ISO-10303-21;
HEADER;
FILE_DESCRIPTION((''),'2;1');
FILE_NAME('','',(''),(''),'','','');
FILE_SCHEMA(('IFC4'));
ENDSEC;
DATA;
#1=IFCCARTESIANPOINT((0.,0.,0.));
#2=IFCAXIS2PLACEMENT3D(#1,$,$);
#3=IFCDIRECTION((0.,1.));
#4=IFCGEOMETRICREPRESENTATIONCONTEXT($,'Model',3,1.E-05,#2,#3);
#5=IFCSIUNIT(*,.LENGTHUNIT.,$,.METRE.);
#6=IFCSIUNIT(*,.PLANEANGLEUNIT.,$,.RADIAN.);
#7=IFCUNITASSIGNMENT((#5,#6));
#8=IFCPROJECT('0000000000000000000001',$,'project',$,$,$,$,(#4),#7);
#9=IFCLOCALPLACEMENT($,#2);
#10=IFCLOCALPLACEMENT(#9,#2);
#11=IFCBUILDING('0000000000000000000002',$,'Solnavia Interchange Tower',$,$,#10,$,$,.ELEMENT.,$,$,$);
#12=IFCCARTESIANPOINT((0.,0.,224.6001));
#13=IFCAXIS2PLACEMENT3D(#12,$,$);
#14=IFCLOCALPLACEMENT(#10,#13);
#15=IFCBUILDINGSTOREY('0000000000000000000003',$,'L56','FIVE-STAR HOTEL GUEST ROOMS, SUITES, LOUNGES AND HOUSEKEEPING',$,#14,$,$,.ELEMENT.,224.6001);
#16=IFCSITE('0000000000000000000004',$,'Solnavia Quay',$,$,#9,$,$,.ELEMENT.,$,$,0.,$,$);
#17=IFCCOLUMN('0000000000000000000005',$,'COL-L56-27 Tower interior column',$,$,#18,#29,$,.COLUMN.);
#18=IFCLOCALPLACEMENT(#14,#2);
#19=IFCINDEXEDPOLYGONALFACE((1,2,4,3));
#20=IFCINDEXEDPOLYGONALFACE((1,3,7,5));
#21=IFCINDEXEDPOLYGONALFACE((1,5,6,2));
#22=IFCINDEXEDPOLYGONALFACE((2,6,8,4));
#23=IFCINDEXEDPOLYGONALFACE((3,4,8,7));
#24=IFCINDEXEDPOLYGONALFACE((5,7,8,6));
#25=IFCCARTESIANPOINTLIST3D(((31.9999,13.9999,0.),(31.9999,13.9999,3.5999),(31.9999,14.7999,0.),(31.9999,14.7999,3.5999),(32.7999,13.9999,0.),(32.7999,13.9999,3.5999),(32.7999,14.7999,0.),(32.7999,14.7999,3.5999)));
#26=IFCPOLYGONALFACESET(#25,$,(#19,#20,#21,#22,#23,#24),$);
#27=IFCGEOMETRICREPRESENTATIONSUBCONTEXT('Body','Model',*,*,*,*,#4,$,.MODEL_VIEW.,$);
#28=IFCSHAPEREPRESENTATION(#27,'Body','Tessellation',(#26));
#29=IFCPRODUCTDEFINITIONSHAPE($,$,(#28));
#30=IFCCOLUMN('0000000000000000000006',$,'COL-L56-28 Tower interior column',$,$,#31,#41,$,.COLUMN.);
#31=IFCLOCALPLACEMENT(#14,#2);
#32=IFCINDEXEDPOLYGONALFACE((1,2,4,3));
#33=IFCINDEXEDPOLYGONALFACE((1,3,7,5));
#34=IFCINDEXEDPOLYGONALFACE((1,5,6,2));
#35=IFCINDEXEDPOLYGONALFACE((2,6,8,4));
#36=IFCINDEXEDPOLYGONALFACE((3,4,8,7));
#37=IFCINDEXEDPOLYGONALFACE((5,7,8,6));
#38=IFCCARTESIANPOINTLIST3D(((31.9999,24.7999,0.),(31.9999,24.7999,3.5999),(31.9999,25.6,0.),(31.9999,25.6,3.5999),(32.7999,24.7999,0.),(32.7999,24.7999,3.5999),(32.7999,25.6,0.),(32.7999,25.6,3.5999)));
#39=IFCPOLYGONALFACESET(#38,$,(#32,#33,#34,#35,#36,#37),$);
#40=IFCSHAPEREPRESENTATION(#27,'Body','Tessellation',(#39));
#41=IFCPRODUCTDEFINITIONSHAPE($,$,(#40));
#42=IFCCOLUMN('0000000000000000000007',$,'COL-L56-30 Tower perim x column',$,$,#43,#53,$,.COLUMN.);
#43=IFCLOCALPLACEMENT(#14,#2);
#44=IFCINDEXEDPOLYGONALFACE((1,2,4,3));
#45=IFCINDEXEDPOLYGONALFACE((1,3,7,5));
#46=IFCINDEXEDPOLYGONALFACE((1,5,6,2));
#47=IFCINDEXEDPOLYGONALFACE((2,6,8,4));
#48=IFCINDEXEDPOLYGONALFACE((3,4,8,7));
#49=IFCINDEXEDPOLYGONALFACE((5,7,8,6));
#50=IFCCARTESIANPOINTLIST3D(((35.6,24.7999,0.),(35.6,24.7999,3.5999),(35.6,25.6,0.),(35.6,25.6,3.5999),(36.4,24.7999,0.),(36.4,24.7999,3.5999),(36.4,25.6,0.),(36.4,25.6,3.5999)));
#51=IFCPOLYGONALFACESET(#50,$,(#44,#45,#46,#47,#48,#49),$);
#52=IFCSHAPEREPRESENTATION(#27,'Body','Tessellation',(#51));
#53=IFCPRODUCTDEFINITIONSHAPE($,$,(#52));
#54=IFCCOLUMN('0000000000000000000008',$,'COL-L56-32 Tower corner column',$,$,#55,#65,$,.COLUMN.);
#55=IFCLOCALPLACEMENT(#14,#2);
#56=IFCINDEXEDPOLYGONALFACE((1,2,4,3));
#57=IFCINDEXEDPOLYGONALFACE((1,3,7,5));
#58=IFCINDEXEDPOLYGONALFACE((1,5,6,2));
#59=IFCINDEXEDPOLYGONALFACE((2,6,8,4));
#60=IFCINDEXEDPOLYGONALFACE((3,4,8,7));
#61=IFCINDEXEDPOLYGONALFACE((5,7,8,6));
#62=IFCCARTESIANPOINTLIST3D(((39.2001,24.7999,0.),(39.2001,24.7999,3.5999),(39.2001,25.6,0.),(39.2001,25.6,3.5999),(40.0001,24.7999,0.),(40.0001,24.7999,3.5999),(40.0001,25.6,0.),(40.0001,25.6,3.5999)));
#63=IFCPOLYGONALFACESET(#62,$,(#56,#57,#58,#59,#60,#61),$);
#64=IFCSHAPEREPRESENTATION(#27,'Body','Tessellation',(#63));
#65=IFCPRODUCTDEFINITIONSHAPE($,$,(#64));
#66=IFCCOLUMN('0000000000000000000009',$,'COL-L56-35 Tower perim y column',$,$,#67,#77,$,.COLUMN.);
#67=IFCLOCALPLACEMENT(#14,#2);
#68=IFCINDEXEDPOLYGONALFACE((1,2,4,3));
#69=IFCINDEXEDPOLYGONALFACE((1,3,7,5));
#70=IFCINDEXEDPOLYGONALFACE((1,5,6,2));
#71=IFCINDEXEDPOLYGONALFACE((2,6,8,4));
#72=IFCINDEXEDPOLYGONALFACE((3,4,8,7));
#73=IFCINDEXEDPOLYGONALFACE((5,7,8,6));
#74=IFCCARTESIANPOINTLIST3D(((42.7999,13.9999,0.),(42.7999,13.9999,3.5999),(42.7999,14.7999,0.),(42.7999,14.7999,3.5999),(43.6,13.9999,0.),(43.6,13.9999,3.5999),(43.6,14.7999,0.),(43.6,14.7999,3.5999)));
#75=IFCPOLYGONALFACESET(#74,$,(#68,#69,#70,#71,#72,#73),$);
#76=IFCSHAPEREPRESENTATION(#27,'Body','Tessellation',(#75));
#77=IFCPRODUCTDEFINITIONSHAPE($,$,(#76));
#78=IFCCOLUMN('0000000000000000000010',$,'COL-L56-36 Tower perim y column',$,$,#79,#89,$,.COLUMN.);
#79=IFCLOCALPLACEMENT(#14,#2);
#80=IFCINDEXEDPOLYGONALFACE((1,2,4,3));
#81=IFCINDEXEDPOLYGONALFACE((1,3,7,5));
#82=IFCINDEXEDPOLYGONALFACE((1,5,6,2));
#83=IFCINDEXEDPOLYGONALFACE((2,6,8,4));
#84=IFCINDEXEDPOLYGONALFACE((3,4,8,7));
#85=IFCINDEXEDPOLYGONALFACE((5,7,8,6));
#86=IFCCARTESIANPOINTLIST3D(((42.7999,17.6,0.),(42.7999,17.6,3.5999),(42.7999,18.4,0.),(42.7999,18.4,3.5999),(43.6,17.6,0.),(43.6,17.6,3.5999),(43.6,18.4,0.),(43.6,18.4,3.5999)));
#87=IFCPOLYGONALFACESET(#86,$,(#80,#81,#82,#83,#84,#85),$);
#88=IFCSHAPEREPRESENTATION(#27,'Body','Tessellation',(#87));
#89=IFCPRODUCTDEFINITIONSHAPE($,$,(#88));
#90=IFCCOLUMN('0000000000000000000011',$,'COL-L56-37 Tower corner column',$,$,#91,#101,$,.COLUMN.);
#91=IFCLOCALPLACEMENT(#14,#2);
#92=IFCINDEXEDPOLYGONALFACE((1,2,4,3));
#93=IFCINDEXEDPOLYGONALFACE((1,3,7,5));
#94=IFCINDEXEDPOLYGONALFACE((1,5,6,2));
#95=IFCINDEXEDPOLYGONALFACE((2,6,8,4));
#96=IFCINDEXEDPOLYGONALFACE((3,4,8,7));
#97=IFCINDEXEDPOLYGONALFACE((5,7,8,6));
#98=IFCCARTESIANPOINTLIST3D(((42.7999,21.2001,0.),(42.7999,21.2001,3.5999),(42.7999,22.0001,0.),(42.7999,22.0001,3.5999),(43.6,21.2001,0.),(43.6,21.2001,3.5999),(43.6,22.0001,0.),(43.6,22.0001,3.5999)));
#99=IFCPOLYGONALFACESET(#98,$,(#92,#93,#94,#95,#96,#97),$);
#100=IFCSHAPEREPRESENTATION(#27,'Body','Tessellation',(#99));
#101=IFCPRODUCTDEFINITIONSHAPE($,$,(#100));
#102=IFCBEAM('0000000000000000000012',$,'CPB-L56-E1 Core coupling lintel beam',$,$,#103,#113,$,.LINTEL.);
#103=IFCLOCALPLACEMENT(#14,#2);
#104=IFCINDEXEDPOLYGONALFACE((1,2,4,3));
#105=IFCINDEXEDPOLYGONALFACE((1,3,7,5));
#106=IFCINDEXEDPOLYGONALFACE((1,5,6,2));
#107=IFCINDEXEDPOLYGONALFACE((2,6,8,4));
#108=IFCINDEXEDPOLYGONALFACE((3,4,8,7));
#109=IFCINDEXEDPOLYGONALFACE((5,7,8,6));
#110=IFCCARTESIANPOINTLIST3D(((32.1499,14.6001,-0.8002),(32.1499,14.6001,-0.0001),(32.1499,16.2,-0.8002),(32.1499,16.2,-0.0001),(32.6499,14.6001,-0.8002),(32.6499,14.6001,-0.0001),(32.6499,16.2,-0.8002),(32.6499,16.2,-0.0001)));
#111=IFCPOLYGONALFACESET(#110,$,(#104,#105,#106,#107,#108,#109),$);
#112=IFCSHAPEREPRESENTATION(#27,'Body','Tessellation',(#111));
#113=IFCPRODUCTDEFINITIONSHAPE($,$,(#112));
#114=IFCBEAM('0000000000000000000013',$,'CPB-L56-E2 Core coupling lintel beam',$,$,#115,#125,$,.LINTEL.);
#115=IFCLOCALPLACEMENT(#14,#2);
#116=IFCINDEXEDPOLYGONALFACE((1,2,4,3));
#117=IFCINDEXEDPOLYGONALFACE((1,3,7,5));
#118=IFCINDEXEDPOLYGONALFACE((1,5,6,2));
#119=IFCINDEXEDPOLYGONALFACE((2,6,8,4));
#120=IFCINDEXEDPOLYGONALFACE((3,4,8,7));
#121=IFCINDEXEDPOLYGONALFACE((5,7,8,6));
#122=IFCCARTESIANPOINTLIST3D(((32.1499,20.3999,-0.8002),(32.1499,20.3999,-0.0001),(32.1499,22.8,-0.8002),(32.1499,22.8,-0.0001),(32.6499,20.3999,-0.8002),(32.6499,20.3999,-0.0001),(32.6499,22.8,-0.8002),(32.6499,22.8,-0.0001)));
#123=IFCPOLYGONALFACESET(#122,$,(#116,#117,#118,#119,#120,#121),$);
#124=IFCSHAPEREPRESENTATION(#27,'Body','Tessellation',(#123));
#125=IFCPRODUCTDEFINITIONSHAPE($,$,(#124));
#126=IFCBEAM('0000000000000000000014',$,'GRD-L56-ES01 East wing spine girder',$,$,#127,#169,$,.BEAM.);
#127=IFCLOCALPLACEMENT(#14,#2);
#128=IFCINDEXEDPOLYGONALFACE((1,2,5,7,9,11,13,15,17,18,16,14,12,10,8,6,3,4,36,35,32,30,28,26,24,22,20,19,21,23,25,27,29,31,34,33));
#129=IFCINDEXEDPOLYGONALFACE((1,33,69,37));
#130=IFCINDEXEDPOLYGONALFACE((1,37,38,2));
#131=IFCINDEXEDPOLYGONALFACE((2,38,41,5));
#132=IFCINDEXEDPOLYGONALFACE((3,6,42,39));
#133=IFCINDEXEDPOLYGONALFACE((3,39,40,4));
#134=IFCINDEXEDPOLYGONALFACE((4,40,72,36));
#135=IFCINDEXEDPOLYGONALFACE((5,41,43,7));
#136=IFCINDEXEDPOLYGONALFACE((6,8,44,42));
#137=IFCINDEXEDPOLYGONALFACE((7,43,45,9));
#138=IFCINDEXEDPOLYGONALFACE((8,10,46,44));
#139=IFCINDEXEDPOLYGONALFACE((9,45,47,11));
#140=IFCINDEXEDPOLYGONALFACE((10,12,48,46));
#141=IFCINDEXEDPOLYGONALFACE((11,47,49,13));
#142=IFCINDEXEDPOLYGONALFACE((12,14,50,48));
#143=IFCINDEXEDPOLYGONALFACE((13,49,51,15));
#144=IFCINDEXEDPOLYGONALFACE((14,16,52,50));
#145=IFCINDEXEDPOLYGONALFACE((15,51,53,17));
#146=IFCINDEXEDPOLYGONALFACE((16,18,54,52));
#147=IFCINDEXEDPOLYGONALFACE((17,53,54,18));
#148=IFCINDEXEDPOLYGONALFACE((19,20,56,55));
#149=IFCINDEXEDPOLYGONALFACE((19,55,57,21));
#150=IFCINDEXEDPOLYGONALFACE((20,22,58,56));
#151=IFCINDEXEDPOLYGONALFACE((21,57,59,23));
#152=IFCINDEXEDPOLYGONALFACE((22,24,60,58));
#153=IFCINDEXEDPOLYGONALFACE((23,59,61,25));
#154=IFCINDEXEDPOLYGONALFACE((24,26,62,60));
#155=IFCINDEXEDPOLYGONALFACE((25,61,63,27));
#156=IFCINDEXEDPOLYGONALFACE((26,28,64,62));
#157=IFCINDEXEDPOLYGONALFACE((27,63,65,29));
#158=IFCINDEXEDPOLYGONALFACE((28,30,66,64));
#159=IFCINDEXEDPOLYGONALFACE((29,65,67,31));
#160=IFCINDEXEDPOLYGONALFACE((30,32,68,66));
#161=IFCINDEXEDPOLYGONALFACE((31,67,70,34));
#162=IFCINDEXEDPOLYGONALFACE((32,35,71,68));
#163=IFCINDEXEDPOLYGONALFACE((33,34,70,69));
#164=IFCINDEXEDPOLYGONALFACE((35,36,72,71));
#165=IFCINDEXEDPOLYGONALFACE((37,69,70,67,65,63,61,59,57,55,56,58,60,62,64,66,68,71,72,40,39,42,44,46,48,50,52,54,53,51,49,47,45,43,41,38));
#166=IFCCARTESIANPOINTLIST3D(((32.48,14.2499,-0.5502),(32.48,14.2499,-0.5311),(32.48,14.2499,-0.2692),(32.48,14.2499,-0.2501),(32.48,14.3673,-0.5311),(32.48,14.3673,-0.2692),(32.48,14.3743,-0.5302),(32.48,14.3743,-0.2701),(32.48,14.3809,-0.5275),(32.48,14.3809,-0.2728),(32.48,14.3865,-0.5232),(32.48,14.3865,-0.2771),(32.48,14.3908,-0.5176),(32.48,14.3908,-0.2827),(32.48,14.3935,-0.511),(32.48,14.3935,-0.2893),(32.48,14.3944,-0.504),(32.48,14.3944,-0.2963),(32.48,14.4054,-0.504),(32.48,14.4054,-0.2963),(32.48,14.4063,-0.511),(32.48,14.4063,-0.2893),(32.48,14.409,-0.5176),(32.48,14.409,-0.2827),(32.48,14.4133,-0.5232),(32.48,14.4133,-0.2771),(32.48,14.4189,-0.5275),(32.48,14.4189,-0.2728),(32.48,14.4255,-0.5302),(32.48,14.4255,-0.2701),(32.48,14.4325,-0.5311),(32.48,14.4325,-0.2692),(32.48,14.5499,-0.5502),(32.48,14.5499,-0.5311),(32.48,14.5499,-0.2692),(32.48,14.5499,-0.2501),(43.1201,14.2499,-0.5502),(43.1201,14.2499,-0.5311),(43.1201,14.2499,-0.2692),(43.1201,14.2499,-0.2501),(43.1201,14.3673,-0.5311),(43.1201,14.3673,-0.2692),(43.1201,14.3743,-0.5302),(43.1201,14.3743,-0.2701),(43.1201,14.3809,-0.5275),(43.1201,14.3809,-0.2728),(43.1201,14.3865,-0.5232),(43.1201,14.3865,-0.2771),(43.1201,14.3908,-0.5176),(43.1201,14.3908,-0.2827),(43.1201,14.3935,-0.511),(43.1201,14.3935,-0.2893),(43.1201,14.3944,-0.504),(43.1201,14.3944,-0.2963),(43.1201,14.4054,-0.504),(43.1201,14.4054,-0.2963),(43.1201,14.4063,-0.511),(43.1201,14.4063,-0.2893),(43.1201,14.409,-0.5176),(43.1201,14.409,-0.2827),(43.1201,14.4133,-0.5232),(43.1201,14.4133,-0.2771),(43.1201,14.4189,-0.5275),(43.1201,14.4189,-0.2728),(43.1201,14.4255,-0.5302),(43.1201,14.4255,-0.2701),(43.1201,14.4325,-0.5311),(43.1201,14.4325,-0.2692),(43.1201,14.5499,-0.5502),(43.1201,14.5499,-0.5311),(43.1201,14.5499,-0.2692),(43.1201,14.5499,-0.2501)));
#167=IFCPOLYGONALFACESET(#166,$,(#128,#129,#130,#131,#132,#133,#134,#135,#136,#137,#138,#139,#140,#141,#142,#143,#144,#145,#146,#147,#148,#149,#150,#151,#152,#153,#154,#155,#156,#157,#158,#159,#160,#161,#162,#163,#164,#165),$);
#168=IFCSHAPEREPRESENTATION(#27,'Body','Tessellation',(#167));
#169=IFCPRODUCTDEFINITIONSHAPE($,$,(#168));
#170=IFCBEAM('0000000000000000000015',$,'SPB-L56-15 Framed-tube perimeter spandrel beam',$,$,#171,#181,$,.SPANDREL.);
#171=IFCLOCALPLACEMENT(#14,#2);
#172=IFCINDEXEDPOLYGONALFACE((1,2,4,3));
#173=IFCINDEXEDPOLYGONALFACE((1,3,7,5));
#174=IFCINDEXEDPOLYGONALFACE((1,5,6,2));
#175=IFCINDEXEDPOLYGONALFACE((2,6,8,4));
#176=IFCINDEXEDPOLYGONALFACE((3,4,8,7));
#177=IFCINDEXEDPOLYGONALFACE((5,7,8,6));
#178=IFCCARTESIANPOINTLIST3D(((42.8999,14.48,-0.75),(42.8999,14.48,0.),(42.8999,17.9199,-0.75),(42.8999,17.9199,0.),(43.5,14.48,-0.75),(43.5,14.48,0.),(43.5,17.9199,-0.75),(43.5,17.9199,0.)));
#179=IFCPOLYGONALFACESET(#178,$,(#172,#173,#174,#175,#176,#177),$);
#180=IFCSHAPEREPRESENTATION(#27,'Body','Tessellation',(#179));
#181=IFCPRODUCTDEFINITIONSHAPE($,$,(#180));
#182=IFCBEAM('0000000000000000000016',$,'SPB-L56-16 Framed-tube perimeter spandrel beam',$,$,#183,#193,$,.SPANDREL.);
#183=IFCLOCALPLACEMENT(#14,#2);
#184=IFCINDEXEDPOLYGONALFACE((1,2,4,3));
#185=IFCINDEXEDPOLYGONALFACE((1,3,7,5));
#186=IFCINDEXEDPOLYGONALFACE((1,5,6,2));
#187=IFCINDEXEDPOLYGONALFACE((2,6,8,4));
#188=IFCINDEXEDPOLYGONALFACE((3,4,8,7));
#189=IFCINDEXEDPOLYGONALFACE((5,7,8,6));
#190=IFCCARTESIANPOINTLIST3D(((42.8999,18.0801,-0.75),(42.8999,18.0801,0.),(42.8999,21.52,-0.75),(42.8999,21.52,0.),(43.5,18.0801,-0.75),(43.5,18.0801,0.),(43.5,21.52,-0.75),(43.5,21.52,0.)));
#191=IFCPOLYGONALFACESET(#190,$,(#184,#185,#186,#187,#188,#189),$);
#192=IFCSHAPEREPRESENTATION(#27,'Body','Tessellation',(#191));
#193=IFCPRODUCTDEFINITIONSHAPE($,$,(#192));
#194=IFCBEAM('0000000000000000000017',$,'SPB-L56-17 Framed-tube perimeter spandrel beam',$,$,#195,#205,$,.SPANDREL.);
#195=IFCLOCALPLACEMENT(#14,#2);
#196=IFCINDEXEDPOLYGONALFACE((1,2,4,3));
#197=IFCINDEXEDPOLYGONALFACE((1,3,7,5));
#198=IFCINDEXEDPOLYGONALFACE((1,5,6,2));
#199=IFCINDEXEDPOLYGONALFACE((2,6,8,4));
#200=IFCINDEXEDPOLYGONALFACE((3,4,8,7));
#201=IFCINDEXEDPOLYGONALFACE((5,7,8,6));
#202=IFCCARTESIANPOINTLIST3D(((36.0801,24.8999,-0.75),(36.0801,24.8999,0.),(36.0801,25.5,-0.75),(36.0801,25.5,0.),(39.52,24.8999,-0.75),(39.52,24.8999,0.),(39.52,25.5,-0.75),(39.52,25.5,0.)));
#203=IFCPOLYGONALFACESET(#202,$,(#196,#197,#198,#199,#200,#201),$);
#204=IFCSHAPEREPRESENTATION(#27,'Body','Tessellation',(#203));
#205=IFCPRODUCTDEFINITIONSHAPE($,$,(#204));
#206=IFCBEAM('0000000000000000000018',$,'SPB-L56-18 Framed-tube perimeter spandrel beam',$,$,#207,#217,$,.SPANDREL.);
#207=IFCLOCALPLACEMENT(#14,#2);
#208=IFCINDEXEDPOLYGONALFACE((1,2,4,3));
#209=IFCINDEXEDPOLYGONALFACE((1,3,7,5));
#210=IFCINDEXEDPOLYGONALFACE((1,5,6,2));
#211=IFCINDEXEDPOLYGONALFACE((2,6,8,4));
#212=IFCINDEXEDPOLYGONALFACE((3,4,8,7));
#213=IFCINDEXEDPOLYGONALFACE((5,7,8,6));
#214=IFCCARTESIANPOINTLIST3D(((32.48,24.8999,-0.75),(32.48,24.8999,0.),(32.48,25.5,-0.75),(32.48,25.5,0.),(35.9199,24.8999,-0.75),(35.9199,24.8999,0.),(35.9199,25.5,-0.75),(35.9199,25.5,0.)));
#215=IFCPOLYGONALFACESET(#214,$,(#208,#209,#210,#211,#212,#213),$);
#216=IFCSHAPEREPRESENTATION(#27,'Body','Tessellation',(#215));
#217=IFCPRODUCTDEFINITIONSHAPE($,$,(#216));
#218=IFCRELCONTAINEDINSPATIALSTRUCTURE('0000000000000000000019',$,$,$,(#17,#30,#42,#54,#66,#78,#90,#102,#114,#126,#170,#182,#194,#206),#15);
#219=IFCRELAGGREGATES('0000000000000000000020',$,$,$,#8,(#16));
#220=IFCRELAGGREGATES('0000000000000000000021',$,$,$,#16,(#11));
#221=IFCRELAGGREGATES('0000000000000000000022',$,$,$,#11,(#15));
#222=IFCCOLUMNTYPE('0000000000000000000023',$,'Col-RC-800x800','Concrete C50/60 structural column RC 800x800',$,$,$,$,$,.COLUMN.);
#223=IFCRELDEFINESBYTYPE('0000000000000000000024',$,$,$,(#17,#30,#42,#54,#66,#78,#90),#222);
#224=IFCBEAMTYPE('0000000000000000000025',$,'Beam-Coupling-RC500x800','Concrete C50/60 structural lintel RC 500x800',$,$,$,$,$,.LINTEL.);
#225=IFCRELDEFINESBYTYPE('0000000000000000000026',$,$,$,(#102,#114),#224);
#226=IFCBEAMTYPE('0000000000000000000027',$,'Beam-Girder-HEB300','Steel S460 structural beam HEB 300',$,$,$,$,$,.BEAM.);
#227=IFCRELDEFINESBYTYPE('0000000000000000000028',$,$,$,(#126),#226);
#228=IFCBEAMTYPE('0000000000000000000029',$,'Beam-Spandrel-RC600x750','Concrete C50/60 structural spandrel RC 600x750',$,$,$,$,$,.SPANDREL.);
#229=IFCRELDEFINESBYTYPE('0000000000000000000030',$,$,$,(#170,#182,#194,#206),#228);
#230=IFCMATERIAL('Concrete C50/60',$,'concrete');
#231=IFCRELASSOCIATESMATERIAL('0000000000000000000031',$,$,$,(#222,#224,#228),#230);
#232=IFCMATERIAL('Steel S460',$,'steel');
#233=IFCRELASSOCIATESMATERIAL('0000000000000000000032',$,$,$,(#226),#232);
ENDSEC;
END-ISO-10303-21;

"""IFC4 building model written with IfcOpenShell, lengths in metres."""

from ifc_helpers import new_model, si_unit, direction, frame, origin, origin_2d, place, context, subcontext, project, spatial, rectangle, i_section, extrude, material, material_profile, profile_set, type_object, element, save


model = new_model("IFC4")

# Units and contexts
model_context = context("Model", 3, precision=1e-05, world=origin(), true_north=direction((0.0, 1.0)))
body_context = subcontext(model_context, "Body", "Model", "MODEL_VIEW")
ifc_project = project(units=[si_unit("LENGTHUNIT", "METRE"), si_unit("PLANEANGLEUNIT", "RADIAN")], contexts=[model_context])

# Site, building, storey
site_placement = place(None, origin())
site = spatial("IfcSite", under=ifc_project, at=site_placement, Name="Solnavia Quay", CompositionType="ELEMENT", RefElevation=0.0)
building_placement = place(site_placement, origin())
building = spatial("IfcBuilding", under=site, at=building_placement, Name="Solnavia Interchange Tower", CompositionType="ELEMENT")
storey_placement = place(building_placement, frame((0.0, 0.0, 224.6001)))
storey = spatial("IfcBuildingStorey", under=building, at=storey_placement, Name="L56", Description="FIVE-STAR HOTEL GUEST ROOMS, SUITES, LOUNGES AND HOUSEKEEPING", CompositionType="ELEMENT", Elevation=224.6001)

# Columns
ifc_material_1 = material(Name="Concrete C50/60", Category="concrete")
ifc_material_profile_1 = material_profile(ifc_material_1, rectangle(XDim=0.8, YDim=0.8, at=origin_2d()), Name="RC 800x800")
ifc_profile_set_1 = profile_set([ifc_material_profile_1], Name="Concrete C50/60")
column_type = type_object("IfcColumnType", Name="Col-RC-800x800", Description="Concrete C50/60 structural column RC 800x800", PredefinedType="COLUMN", material=ifc_profile_set_1)
for number, where, z_axis, x_axis, name in (
    (1, (32.3999, 14.3999, 0.0), (0.0, 0.0, 1.0), (1.0, 0.0, 0.0), "COL-L56-27 Tower interior column"),
    (2, (32.3999, 25.2, 0.0), (0.0, 0.0, 1.0), (1.0, 0.0, 0.0), "COL-L56-28 Tower interior column"),
    (3, (36.0, 25.2, 0.0), (0.0, 0.0, 1.0), (1.0, 0.0, 0.0), "COL-L56-30 Tower perim x column"),
    (4, (39.6001, 25.2, 0.0), (0.0, 0.0, 1.0), (1.0, 0.0, 0.0), "COL-L56-32 Tower corner column"),
    (5, (43.2, 14.3999, 0.0), (0.0, 0.0, 1.0), (0.0, 1.0, 0.0), "COL-L56-35 Tower perim y column"),
    (6, (43.2, 18.0, 0.0), (0.0, 0.0, 1.0), (0.0, 1.0, 0.0), "COL-L56-36 Tower perim y column"),
    (7, (43.2, 21.6001, 0.0), (0.0, 0.0, 1.0), (0.0, 1.0, 0.0), "COL-L56-37 Tower corner column"),
):
    element("IfcColumn", number, at=place(storey_placement, frame(where, z_axis=z_axis, x_axis=x_axis)), inside=storey, type_object=column_type, Name=name, PredefinedType="COLUMN", context=body_context, shape_type="SweptSolid", body=[
        extrude(rectangle(XDim=0.8, YDim=0.8, at=origin_2d()), origin(), (0.0, 0.0, 1.0), 3.5999),
    ])

# Beams
ifc_material_profile_2 = material_profile(ifc_material_1, rectangle(XDim=0.5, YDim=0.8, at=origin_2d()), Name="RC 500x800")
ifc_profile_set_2 = profile_set([ifc_material_profile_2], Name="Concrete C50/60")
beam_type_1 = type_object("IfcBeamType", Name="Beam-Coupling-RC500x800", Description="Concrete C50/60 structural lintel RC 500x800", PredefinedType="LINTEL", material=ifc_profile_set_2)
beam_1_placement = place(storey_placement, frame((32.3999, 14.6001, -0.4001), z_axis=(0.0, 1.0, 0.0), x_axis=(-1.0, 0.0, 0.0)))
element("IfcBeam", 8, at=beam_1_placement, inside=storey, type_object=beam_type_1, Name="CPB-L56-E1 Core coupling lintel beam", PredefinedType="LINTEL", context=body_context, shape_type="SweptSolid", body=[
    extrude(rectangle(XDim=0.5, YDim=0.8, at=origin_2d()), origin(), (0.0, 0.0, 1.0), 1.5999),
])
beam_2_placement = place(storey_placement, frame((32.3999, 20.3999, -0.4001), z_axis=(0.0, 1.0, 0.0), x_axis=(-1.0, 0.0, 0.0)))
element("IfcBeam", 9, at=beam_2_placement, inside=storey, type_object=beam_type_1, Name="CPB-L56-E2 Core coupling lintel beam", PredefinedType="LINTEL", context=body_context, shape_type="SweptSolid", body=[
    extrude(rectangle(XDim=0.5, YDim=0.8, at=origin_2d()), origin(), (0.0, 0.0, 1.0), 2.4001),
])
ifc_material_2 = material(Name="Steel S460", Category="steel")
ifc_material_profile_3 = material_profile(ifc_material_2, i_section(OverallWidth=0.3, OverallDepth=0.3, WebThickness=0.011, FlangeThickness=0.019, FilletRadius=0.0271, at=origin_2d()), Name="HEB 300")
ifc_profile_set_3 = profile_set([ifc_material_profile_3], Name="Steel S460")
beam_type_2 = type_object("IfcBeamType", Name="Beam-Girder-HEB300", Description="Steel S460 structural beam HEB 300", PredefinedType="BEAM", material=ifc_profile_set_3)
beam_3_placement = place(storey_placement, frame((32.48, 14.3999, -0.4001), z_axis=(1.0, 0.0, 0.0), x_axis=(0.0, 1.0, 0.0)))
element("IfcBeam", 10, at=beam_3_placement, inside=storey, type_object=beam_type_2, Name="GRD-L56-ES01 East wing spine girder", PredefinedType="BEAM", context=body_context, shape_type="SweptSolid", body=[
    extrude(i_section(OverallWidth=0.3, OverallDepth=0.3, WebThickness=0.011, FlangeThickness=0.019, FilletRadius=0.0271, at=origin_2d()), origin(), (0.0, 0.0, 1.0), 10.6401),
])
ifc_material_profile_4 = material_profile(ifc_material_1, rectangle(XDim=0.6001, YDim=0.75, at=origin_2d()), Name="RC 600x750")
ifc_profile_set_4 = profile_set([ifc_material_profile_4], Name="Concrete C50/60")
beam_type_3 = type_object("IfcBeamType", Name="Beam-Spandrel-RC600x750", Description="Concrete C50/60 structural spandrel RC 600x750", PredefinedType="SPANDREL", material=ifc_profile_set_4)
for number, where, z_axis, x_axis, name in (
    (11, (43.2, 14.48, -0.375), (0.0, 1.0, 0.0), (-1.0, 0.0, 0.0), "SPB-L56-15 Framed-tube perimeter spandrel beam"),
    (12, (43.2, 18.0801, -0.375), (0.0, 1.0, 0.0), (-1.0, 0.0, 0.0), "SPB-L56-16 Framed-tube perimeter spandrel beam"),
    (13, (39.52, 25.2, -0.375), (-1.0, 0.0, 0.0), (0.0, -1.0, 0.0), "SPB-L56-17 Framed-tube perimeter spandrel beam"),
    (14, (35.9199, 25.2, -0.375), (-1.0, 0.0, 0.0), (0.0, -1.0, 0.0), "SPB-L56-18 Framed-tube perimeter spandrel beam"),
):
    element("IfcBeam", number, at=place(storey_placement, frame(where, z_axis=z_axis, x_axis=x_axis)), inside=storey, type_object=beam_type_3, Name=name, PredefinedType="SPANDREL", context=body_context, shape_type="SweptSolid", body=[
        extrude(rectangle(XDim=0.6001, YDim=0.75, at=origin_2d()), origin(), (0.0, 0.0, 1.0), 3.4399),
    ])

save(model, "model.ifc")
